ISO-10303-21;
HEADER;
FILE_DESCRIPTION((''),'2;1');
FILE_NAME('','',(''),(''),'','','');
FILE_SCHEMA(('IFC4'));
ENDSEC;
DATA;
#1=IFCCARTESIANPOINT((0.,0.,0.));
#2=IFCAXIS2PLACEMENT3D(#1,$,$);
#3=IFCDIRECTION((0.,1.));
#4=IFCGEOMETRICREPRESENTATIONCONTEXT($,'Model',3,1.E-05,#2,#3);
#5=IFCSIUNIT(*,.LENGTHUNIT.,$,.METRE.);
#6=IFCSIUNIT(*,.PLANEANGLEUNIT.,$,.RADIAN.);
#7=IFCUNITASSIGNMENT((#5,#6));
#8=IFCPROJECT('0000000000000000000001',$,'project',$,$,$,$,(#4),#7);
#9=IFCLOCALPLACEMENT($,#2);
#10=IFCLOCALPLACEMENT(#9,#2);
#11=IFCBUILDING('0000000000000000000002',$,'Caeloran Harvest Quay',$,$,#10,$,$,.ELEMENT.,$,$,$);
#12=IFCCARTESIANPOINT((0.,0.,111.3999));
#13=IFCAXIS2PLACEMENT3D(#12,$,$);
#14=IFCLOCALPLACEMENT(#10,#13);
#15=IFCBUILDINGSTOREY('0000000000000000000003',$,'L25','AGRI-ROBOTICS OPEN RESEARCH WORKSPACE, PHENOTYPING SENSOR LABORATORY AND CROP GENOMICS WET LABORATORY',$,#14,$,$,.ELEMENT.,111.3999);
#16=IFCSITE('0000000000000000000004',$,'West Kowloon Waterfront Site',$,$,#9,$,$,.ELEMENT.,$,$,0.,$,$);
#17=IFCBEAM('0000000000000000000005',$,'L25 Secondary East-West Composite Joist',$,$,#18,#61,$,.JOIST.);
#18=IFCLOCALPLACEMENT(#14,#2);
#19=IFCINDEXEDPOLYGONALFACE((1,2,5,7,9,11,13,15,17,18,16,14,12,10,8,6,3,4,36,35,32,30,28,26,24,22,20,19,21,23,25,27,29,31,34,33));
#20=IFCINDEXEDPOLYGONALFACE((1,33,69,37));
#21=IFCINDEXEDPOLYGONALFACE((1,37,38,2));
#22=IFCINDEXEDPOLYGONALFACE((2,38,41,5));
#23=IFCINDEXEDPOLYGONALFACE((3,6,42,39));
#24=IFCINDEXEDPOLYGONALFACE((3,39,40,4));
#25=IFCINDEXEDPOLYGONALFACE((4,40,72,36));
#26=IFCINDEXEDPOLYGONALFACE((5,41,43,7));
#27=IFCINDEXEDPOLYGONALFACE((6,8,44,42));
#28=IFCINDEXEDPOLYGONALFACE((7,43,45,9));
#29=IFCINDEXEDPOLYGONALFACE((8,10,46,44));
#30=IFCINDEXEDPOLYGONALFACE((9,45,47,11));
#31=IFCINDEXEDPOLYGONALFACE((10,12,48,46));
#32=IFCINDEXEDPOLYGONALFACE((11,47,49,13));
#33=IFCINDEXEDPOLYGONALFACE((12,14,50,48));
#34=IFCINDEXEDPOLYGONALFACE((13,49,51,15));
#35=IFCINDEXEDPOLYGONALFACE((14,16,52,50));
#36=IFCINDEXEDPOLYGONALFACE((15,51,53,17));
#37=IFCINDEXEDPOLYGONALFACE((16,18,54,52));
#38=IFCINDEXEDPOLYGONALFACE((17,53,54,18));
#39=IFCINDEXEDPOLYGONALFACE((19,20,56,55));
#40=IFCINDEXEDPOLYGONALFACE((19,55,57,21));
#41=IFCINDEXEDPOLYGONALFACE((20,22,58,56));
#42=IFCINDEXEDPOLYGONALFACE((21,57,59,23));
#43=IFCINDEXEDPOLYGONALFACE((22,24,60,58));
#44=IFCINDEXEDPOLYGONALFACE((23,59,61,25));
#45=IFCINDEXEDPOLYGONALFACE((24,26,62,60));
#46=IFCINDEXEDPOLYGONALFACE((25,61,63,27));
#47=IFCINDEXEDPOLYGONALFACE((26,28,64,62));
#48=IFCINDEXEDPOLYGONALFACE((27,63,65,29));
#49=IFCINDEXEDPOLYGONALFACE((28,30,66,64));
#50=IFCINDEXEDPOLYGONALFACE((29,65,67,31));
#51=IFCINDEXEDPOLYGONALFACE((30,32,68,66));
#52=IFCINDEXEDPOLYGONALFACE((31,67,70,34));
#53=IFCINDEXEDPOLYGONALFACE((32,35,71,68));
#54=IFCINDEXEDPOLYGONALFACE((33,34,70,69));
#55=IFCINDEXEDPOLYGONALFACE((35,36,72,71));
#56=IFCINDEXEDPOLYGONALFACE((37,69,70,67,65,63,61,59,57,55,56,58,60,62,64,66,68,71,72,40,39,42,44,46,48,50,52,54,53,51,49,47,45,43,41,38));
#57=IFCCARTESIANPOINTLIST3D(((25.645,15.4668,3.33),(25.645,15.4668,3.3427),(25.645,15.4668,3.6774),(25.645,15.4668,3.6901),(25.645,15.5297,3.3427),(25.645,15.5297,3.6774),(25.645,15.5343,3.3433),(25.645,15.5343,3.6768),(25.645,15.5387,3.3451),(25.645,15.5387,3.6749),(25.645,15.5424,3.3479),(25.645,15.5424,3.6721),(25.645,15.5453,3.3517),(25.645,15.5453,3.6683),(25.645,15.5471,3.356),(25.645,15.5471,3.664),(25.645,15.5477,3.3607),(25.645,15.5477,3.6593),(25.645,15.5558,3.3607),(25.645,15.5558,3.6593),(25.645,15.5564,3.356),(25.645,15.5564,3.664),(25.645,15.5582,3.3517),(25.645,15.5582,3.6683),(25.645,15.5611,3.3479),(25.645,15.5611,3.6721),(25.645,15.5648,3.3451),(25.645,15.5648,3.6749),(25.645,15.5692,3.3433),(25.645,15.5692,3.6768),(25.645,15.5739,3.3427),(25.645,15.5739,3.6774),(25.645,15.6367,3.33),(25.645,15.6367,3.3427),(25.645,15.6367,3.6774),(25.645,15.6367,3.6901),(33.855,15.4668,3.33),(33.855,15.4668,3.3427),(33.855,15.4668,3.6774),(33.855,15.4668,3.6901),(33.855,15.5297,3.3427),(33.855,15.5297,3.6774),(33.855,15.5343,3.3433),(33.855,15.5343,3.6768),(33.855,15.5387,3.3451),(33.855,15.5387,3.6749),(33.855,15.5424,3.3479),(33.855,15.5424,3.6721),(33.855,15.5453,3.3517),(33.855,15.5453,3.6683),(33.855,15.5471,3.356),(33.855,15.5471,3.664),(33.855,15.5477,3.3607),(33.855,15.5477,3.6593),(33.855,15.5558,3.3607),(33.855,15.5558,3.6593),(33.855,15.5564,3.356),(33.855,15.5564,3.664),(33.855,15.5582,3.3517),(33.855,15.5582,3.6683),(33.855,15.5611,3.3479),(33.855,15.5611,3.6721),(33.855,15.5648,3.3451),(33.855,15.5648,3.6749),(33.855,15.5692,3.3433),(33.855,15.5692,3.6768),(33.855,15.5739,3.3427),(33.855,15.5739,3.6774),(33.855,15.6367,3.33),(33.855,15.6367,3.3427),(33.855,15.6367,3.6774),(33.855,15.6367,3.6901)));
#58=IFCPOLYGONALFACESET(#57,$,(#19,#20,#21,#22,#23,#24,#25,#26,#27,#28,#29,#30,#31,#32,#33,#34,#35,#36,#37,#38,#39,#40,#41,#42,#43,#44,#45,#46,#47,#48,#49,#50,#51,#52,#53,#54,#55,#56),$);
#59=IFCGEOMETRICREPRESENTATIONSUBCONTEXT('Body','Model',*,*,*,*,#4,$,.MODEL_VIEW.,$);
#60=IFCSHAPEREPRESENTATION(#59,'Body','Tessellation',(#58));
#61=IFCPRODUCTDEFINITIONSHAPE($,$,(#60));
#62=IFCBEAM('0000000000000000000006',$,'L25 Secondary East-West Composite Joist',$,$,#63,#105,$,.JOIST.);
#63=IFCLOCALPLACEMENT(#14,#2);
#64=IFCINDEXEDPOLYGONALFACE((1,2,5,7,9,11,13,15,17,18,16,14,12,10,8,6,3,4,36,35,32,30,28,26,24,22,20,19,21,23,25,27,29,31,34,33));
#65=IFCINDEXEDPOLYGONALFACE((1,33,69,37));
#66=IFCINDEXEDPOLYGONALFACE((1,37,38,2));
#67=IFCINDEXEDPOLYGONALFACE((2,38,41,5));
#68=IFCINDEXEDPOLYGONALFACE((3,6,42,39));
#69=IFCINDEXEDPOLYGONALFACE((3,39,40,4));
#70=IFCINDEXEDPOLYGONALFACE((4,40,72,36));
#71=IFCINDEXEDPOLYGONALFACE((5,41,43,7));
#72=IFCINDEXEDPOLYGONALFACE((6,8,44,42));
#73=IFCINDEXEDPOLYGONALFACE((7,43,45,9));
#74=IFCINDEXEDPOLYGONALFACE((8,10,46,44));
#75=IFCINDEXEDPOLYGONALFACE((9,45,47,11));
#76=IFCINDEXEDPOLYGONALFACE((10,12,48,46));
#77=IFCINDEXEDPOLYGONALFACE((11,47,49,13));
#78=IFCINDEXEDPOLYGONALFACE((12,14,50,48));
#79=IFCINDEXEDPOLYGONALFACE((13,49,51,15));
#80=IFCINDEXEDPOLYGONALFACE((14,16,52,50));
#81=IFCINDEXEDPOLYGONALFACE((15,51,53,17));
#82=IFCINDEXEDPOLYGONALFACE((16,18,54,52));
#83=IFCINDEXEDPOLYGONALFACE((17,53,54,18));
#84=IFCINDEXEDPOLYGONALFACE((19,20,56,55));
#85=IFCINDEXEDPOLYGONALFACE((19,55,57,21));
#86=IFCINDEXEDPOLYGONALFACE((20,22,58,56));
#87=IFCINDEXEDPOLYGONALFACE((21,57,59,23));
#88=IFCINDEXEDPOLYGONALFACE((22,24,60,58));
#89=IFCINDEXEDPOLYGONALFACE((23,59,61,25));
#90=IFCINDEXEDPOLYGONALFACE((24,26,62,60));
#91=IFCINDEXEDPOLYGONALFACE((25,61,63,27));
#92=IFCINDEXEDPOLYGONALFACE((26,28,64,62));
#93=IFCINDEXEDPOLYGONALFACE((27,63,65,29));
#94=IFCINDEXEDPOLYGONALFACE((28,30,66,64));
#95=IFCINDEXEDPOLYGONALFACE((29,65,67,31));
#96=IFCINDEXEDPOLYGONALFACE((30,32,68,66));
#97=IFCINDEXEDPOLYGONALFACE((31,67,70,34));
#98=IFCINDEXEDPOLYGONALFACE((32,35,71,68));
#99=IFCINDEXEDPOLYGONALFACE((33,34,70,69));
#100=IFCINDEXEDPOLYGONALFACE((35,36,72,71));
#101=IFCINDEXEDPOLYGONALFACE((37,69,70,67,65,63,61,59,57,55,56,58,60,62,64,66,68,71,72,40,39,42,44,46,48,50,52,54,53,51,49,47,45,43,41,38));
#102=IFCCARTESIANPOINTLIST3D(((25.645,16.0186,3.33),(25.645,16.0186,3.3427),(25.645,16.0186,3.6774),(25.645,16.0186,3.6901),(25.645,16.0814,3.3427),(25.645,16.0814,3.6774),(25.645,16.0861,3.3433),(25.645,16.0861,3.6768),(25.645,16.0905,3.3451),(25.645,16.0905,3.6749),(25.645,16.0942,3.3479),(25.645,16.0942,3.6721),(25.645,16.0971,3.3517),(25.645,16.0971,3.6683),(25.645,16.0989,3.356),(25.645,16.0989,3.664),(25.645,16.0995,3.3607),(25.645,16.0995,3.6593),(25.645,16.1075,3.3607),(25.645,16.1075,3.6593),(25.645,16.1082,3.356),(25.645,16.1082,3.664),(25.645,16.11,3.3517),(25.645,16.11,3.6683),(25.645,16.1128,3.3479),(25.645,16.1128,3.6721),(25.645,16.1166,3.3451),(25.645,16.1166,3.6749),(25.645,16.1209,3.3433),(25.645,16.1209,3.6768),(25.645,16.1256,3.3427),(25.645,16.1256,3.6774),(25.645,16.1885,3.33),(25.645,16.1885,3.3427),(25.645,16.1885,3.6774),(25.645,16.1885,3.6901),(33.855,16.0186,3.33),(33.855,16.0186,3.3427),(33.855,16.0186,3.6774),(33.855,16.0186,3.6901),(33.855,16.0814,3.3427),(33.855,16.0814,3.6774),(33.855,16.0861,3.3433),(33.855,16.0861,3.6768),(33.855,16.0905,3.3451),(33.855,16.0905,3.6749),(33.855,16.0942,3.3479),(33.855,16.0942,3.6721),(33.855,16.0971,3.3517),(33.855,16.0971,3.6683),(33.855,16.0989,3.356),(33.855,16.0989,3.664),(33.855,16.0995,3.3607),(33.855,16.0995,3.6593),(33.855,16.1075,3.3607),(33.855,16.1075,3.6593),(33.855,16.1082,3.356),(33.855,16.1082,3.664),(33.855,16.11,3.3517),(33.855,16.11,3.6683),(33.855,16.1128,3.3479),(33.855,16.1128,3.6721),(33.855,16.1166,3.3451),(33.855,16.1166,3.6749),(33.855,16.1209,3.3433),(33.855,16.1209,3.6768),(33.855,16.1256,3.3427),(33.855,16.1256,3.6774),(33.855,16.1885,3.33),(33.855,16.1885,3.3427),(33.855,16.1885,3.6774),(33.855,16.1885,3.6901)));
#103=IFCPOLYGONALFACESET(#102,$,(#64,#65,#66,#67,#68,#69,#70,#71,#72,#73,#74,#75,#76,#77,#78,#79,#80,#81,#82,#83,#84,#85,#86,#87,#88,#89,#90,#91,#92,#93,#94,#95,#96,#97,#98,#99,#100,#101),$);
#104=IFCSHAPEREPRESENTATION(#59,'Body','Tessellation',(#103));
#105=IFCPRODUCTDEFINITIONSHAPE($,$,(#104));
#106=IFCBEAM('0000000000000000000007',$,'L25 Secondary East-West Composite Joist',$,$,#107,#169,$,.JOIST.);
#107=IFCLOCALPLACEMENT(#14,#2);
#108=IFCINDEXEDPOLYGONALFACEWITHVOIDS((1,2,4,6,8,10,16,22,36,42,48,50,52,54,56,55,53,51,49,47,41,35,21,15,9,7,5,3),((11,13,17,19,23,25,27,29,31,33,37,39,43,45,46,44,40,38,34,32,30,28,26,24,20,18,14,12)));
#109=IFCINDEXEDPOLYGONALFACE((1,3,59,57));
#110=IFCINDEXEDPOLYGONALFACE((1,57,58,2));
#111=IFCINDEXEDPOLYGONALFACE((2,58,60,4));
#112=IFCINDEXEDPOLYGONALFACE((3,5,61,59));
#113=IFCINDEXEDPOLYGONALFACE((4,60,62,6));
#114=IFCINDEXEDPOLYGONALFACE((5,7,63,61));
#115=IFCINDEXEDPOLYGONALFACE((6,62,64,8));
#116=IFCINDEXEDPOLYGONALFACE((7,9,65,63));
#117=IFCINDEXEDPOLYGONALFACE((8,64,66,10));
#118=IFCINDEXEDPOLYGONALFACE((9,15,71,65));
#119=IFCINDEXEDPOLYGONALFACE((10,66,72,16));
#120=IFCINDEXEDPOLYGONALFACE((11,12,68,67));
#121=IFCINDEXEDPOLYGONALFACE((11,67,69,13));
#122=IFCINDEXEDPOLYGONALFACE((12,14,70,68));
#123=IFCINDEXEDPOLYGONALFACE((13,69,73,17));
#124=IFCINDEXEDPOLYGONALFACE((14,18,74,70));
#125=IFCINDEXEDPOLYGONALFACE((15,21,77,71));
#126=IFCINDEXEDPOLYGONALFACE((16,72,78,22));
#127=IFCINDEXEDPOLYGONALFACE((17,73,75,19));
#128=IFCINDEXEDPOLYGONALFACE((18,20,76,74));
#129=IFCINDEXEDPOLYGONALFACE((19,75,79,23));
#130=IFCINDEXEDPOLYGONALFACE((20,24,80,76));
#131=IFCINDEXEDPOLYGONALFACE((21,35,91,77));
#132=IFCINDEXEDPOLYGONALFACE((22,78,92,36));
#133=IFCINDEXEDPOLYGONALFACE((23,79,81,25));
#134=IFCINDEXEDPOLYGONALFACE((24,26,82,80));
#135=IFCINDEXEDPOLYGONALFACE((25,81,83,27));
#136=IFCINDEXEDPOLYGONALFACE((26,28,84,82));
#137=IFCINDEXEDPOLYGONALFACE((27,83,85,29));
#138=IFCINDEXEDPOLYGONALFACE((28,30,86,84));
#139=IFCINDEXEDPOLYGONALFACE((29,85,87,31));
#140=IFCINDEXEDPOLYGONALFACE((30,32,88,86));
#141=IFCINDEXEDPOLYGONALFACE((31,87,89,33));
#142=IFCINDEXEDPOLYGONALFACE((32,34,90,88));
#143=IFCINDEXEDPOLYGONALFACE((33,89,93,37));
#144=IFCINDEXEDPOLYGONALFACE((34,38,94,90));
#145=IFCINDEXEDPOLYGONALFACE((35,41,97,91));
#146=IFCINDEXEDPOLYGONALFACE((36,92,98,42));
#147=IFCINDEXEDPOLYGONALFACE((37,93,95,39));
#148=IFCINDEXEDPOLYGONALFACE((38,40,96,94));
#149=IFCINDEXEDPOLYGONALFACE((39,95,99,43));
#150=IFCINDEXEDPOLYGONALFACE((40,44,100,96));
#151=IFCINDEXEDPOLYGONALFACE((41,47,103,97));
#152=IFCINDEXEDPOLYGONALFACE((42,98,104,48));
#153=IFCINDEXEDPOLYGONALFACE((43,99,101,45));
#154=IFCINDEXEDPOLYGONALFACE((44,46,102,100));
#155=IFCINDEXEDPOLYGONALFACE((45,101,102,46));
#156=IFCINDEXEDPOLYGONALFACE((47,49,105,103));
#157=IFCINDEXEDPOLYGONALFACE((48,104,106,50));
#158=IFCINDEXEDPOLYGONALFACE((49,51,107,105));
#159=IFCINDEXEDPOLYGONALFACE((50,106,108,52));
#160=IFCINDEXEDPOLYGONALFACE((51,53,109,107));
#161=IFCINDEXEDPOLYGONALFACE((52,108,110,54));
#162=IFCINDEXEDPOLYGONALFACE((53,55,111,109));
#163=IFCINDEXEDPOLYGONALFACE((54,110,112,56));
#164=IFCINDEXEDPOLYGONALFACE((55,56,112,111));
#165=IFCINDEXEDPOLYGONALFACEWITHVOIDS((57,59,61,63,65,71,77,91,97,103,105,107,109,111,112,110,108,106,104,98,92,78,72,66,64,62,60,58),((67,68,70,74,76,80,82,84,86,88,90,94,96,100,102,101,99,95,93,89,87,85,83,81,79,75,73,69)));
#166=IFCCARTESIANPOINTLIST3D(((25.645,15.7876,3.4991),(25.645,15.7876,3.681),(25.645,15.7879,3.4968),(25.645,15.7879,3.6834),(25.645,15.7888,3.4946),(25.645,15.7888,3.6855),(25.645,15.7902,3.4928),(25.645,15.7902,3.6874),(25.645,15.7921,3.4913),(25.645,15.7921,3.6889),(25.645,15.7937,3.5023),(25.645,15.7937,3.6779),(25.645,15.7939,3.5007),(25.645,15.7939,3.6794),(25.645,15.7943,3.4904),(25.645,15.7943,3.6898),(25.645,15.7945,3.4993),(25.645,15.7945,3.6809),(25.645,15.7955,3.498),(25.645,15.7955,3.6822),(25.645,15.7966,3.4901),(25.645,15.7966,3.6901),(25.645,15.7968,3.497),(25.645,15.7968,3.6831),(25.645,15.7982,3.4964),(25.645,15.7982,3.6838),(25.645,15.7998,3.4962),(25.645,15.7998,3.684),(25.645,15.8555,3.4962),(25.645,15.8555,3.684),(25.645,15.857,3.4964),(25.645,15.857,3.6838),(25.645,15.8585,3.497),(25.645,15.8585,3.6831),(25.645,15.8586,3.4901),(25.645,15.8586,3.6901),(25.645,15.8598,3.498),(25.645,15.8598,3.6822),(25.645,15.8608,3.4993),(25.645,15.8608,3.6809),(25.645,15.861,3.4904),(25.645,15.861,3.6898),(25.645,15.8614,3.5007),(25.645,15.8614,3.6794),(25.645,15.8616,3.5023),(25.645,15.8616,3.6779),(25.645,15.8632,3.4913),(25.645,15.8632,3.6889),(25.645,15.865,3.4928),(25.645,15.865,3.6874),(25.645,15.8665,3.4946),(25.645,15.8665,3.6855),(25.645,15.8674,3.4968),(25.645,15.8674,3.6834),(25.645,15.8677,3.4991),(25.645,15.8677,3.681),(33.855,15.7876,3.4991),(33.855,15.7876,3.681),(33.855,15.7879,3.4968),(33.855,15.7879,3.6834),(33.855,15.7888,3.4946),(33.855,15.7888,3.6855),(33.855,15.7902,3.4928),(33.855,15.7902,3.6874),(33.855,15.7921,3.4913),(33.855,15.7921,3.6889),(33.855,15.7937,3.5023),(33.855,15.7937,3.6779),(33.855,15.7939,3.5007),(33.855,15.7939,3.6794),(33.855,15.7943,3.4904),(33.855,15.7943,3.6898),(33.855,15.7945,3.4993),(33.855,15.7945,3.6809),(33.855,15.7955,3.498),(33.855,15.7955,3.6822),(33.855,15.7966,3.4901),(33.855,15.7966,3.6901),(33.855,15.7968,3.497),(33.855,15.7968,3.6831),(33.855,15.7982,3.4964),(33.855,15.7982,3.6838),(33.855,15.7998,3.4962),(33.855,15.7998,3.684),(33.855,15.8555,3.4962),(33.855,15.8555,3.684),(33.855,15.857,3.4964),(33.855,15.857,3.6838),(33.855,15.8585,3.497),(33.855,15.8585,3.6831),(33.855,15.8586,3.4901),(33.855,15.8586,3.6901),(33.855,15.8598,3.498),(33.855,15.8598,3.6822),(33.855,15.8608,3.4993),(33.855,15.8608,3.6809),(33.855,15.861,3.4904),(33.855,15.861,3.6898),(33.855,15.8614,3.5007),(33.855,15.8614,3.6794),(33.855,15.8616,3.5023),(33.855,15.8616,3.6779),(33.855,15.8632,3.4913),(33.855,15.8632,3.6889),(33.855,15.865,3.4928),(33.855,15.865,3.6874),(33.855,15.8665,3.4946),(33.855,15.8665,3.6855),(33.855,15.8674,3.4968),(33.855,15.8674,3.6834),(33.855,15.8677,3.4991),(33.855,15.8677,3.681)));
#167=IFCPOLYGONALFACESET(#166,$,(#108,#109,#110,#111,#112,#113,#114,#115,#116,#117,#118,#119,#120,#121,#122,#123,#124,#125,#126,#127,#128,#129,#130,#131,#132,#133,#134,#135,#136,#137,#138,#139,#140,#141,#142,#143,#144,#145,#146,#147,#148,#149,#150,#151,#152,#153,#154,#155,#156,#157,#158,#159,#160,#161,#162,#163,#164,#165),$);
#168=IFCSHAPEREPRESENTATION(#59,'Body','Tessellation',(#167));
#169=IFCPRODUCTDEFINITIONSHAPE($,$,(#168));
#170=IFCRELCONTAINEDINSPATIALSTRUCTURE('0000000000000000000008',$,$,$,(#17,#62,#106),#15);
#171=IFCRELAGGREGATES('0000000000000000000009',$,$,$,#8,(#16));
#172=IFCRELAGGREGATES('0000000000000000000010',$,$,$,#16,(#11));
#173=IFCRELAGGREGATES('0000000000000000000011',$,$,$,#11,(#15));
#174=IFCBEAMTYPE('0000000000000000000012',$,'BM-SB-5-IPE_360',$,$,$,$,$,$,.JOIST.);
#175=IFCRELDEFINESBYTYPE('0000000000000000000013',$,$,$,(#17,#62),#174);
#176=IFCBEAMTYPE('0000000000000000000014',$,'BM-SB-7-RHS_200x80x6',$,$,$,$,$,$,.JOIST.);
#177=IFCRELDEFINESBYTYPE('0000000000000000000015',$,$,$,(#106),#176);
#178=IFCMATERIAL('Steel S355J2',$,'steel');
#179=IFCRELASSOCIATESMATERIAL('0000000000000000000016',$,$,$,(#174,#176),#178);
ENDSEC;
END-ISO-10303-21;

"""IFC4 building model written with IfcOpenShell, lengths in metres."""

from ifc_helpers import new_model, si_unit, direction, frame, origin, origin_2d, place, context, subcontext, project, spatial, hollow_rectangle, i_section, extrude, material, material_profile, profile_set, type_object, element, save


model = new_model("IFC4")

# Units and contexts
model_context = context("Model", 3, precision=1e-05, world=origin(), true_north=direction((0.0, 1.0)))
body_context = subcontext(model_context, "Body", "Model", "MODEL_VIEW")
ifc_project = project(units=[si_unit("LENGTHUNIT", "METRE"), si_unit("PLANEANGLEUNIT", "RADIAN")], contexts=[model_context])

# Site, building, storey
site_placement = place(None, origin())
site = spatial("IfcSite", under=ifc_project, at=site_placement, Name="West Kowloon Waterfront Site", CompositionType="ELEMENT", RefElevation=0.0)
building_placement = place(site_placement, origin())
building = spatial("IfcBuilding", under=site, at=building_placement, Name="Caeloran Harvest Quay", CompositionType="ELEMENT")
storey_placement = place(building_placement, frame((0.0, 0.0, 111.3999)))
storey = spatial("IfcBuildingStorey", under=building, at=storey_placement, Name="L25", Description="AGRI-ROBOTICS OPEN RESEARCH WORKSPACE, PHENOTYPING SENSOR LABORATORY AND CROP GENOMICS WET LABORATORY", CompositionType="ELEMENT", Elevation=111.3999)

# Beams
ifc_material_1 = material(Name="Steel S355J2", Category="steel")
ifc_material_profile_1 = material_profile(ifc_material_1, i_section(OverallWidth=0.1699, OverallDepth=0.3601, WebThickness=0.0081, FlangeThickness=0.0127, FilletRadius=0.0181, at=origin_2d()), Name="IPE 360")
ifc_profile_set_1 = profile_set([ifc_material_profile_1], Name="Steel S355J2")
beam_type_1 = type_object("IfcBeamType", Name="BM-SB-5-IPE_360", PredefinedType="JOIST", material=ifc_profile_set_1)
for number, where, z_axis, x_axis, name in (
    (1, (25.645, 15.5518, 3.51), (1.0, 0.0, 0.0), (0.0, 1.0, 0.0), "L25 Secondary East-West Composite Joist"),
    (2, (25.645, 16.1035, 3.51), (1.0, 0.0, 0.0), (0.0, 1.0, 0.0), "L25 Secondary East-West Composite Joist"),
):
    element("IfcBeam", number, at=place(storey_placement, frame(where, z_axis=z_axis, x_axis=x_axis)), inside=storey, type_object=beam_type_1, Name=name, PredefinedType="JOIST", context=body_context, shape_type="SweptSolid", body=[
        extrude(i_section(OverallWidth=0.1699, OverallDepth=0.3601, WebThickness=0.0081, FlangeThickness=0.0127, FilletRadius=0.0181, at=origin_2d()), origin(), (0.0, 0.0, 1.0), 8.21),
    ])
ifc_material_profile_2 = material_profile(ifc_material_1, hollow_rectangle(XDim=0.0801, YDim=0.2, WallThickness=0.0061, InnerFilletRadius=0.0061, OuterFilletRadius=0.009, at=origin_2d()), Name="RHS 200x80x6")
ifc_profile_set_2 = profile_set([ifc_material_profile_2], Name="Steel S355J2")
beam_type_2 = type_object("IfcBeamType", Name="BM-SB-7-RHS_200x80x6", PredefinedType="JOIST", material=ifc_profile_set_2)
for number, where, z_axis, x_axis, name in (
    (3, (25.645, 15.8276, 3.5901), (1.0, 0.0, 0.0), (0.0, 1.0, 0.0), "L25 Secondary East-West Composite Joist"),
):
    element("IfcBeam", number, at=place(storey_placement, frame(where, z_axis=z_axis, x_axis=x_axis)), inside=storey, type_object=beam_type_2, Name=name, PredefinedType="JOIST", context=body_context, shape_type="SweptSolid", body=[
        extrude(hollow_rectangle(XDim=0.0801, YDim=0.2, WallThickness=0.0061, InnerFilletRadius=0.0061, OuterFilletRadius=0.009, at=origin_2d()), origin(), (0.0, 0.0, 1.0), 8.21),
    ])

save(model, "model.ifc")
